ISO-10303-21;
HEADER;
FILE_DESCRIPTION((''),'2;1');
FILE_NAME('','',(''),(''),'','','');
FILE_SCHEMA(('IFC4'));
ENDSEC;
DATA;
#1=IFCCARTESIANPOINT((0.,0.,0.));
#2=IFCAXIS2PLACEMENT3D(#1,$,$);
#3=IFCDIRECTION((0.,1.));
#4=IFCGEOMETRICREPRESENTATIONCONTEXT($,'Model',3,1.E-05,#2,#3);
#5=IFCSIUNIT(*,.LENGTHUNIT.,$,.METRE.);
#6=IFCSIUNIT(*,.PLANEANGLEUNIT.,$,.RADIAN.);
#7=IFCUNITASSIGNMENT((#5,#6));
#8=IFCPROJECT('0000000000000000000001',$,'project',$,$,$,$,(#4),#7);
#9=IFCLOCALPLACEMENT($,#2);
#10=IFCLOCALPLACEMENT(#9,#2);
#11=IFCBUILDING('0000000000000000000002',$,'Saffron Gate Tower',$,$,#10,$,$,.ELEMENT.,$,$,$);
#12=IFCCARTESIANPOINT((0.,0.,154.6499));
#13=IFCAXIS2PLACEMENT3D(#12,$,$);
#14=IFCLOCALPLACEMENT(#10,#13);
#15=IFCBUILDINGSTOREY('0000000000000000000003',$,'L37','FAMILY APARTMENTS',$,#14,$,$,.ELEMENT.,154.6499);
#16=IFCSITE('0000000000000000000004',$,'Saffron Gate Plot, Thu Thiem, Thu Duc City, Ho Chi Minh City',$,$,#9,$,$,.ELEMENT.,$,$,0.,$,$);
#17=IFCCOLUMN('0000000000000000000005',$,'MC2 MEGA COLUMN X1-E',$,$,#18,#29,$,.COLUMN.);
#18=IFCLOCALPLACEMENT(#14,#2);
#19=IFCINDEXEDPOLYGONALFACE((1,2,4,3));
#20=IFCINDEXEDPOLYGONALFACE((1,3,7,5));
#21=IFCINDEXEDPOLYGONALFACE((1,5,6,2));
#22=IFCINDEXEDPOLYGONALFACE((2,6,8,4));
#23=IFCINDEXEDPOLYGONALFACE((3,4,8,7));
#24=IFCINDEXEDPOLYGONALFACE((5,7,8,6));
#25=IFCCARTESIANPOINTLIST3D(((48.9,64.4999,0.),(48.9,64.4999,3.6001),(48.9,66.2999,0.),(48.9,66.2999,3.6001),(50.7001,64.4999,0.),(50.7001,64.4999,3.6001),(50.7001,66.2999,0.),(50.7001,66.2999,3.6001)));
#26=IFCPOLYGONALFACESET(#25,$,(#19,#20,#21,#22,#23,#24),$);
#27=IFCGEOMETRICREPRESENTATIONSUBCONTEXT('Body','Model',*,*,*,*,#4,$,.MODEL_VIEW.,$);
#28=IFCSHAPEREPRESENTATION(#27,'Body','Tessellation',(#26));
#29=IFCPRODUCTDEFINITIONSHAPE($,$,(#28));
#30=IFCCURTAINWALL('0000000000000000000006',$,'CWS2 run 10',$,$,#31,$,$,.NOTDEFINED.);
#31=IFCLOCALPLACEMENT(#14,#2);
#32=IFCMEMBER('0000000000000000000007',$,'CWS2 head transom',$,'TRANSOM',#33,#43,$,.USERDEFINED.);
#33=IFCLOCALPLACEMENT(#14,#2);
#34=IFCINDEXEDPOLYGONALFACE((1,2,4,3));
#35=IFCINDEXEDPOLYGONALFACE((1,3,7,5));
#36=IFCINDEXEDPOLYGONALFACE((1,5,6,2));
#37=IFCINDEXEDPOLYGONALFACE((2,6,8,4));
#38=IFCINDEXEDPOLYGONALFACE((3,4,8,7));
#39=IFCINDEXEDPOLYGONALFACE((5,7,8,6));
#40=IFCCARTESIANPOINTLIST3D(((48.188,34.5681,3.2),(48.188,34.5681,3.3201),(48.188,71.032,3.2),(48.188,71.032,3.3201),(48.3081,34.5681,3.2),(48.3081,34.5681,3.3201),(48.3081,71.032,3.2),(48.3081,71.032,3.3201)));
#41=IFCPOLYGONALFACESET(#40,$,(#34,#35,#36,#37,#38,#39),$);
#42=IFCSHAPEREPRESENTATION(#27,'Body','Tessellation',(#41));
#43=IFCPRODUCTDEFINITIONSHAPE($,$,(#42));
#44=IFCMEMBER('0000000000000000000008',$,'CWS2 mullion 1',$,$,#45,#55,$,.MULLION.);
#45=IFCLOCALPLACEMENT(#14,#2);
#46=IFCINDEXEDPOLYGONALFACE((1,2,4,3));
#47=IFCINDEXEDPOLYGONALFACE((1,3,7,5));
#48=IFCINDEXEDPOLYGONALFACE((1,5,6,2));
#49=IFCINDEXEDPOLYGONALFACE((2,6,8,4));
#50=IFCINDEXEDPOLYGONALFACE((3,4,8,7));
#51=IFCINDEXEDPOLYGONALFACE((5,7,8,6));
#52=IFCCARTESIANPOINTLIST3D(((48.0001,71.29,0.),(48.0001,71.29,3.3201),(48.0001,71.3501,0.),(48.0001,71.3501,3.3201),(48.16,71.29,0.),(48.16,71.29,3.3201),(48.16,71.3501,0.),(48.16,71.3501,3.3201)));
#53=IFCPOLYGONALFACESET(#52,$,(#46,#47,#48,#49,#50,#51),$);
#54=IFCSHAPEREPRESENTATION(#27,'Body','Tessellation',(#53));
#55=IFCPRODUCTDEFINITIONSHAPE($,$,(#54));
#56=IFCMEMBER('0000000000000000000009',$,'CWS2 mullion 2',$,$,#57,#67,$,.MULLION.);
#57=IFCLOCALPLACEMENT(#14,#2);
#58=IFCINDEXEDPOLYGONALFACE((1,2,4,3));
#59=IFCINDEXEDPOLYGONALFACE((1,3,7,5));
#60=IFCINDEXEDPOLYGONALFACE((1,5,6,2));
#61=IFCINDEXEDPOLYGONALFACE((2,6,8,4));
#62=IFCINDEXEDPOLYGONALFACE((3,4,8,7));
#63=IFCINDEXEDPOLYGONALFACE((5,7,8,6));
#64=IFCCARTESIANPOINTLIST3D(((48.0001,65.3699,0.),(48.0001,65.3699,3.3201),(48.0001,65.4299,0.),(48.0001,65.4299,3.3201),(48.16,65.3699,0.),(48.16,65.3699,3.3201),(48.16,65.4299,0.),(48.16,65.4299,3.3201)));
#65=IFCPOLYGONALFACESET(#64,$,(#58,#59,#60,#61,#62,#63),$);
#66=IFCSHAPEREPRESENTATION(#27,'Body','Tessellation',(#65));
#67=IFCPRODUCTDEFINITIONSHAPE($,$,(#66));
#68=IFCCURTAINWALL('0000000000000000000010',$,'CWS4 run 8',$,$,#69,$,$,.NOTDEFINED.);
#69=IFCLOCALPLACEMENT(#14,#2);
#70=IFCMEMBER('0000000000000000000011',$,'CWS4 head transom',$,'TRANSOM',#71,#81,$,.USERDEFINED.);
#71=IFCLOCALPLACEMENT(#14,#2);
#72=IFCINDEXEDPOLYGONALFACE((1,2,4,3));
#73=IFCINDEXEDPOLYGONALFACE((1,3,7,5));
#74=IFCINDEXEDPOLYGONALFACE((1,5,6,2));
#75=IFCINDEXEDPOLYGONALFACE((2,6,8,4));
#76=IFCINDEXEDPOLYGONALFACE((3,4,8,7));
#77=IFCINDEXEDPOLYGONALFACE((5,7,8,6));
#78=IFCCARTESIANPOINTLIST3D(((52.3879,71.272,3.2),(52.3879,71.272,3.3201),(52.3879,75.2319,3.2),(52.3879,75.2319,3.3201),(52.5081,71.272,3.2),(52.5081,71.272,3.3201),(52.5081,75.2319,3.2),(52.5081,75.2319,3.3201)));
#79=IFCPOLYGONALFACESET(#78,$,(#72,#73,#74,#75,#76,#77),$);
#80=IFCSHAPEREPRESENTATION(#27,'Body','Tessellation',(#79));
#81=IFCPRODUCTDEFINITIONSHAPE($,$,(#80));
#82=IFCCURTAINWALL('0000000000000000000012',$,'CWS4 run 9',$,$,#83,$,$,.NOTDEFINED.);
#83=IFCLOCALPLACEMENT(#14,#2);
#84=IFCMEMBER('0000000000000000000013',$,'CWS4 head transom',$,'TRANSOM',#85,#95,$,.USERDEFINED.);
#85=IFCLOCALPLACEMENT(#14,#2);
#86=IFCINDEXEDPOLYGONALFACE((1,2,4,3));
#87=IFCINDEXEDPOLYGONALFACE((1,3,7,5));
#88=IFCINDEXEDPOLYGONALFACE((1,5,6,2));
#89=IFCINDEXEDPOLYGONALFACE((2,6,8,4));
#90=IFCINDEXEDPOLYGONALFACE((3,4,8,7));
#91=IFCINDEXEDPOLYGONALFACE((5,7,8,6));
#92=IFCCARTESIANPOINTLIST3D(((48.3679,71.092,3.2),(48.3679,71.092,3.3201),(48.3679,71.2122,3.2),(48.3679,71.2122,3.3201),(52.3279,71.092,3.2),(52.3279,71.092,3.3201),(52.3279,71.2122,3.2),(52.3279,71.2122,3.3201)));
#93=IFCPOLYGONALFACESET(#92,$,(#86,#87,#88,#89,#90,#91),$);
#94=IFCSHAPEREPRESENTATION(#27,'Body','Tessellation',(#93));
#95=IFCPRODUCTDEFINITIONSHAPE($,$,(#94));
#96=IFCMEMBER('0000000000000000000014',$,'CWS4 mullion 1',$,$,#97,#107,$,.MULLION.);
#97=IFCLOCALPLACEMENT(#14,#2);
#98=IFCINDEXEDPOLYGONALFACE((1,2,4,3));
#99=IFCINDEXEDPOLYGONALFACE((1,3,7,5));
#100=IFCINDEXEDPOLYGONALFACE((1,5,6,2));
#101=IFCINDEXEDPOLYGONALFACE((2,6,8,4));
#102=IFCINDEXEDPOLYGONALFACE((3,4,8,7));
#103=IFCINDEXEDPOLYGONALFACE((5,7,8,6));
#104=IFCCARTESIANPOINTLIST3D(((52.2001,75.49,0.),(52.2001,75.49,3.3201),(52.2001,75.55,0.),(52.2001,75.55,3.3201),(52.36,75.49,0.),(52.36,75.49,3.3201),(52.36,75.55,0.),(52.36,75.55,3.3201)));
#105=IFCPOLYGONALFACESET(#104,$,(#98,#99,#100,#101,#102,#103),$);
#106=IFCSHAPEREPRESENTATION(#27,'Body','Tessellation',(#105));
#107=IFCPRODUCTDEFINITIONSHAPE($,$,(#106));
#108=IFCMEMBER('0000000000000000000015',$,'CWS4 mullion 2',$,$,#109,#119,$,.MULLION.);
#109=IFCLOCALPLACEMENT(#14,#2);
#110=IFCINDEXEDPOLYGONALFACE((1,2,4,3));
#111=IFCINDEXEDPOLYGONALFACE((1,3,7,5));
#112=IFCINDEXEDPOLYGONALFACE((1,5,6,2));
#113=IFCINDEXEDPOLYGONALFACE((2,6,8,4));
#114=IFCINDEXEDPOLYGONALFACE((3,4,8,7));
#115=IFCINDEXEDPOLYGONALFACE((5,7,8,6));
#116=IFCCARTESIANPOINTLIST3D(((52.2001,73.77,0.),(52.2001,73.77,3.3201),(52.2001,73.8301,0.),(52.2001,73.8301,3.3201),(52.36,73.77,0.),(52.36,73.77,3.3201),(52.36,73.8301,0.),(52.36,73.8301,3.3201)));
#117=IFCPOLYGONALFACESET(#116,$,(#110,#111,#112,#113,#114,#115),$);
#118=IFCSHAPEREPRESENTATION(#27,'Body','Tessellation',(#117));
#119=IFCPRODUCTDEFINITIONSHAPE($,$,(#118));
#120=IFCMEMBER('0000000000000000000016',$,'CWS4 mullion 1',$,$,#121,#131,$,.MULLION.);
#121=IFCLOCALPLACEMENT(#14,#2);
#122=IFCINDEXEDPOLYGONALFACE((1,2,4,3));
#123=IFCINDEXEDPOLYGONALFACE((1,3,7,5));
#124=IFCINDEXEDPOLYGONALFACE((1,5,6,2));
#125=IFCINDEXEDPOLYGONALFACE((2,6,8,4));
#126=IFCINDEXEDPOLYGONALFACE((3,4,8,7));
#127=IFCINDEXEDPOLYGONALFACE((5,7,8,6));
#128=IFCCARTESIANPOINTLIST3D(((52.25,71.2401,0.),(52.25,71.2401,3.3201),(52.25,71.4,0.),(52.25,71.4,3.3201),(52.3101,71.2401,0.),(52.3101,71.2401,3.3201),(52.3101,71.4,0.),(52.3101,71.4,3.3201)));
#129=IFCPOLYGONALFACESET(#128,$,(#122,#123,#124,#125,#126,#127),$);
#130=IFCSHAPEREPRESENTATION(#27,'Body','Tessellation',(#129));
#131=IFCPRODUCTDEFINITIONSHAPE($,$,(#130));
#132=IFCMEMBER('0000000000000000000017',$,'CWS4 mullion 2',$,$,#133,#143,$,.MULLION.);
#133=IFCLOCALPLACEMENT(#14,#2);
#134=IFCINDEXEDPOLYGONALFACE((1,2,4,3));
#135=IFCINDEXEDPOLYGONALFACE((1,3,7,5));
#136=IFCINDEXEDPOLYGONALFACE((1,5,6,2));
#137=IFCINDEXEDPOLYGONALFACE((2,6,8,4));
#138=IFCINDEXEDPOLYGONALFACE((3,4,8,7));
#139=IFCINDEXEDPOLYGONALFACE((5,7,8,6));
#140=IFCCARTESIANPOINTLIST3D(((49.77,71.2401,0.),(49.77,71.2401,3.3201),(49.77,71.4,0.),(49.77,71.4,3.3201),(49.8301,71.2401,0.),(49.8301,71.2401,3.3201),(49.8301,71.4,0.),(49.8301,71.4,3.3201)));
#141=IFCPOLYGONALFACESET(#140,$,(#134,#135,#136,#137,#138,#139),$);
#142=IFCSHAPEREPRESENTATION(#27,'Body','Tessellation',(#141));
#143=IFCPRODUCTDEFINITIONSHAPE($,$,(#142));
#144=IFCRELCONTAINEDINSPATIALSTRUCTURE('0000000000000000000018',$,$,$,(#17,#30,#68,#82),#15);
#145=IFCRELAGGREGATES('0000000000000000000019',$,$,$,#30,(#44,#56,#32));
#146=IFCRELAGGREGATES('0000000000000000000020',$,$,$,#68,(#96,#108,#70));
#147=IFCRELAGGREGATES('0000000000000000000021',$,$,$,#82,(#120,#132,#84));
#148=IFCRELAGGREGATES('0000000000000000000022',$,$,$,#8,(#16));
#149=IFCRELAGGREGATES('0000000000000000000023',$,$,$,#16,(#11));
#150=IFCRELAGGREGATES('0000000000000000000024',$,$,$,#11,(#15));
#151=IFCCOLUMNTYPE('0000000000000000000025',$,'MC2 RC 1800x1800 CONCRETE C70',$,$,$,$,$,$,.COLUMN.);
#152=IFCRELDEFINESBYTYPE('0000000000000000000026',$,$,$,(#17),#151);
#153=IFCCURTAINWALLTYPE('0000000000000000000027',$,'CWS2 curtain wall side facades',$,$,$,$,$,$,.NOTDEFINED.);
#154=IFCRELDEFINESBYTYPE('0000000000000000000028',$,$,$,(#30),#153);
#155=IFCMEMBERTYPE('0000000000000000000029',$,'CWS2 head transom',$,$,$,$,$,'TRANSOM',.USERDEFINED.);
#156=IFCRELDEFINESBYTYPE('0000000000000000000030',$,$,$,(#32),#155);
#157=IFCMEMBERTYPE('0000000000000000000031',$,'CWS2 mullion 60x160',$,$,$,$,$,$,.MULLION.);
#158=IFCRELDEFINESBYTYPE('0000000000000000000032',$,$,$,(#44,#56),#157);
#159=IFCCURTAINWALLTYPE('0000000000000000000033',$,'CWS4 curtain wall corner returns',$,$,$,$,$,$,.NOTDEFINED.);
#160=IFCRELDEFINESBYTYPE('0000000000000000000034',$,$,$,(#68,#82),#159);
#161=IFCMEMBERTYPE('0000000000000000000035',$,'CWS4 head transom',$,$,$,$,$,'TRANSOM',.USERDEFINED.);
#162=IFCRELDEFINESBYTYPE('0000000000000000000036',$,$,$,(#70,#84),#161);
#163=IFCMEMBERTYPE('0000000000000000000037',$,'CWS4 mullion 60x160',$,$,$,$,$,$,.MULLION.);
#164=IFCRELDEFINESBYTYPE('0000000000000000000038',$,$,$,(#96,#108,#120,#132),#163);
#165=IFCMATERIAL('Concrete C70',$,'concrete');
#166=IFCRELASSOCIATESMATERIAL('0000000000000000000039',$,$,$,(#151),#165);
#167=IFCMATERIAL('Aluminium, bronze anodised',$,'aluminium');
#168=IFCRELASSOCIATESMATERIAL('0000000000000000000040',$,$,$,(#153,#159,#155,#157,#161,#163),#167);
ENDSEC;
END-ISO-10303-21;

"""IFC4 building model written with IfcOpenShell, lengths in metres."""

from ifc_helpers import new_model, si_unit, direction, frame, origin, origin_2d, place, context, subcontext, project, spatial, rectangle, extrude, material, material_profile, profile_set, type_object, element, aggregate, save


model = new_model("IFC4")

# Units and contexts
model_context = context("Model", 3, precision=1e-05, world=origin(), true_north=direction((0.0, 1.0)))
body_context = subcontext(model_context, "Body", "Model", "MODEL_VIEW")
ifc_project = project(units=[si_unit("LENGTHUNIT", "METRE"), si_unit("PLANEANGLEUNIT", "RADIAN")], contexts=[model_context])

# Site, building, storey
site_placement = place(None, origin())
site = spatial("IfcSite", under=ifc_project, at=site_placement, Name="Saffron Gate Plot, Thu Thiem, Thu Duc City, Ho Chi Minh City", CompositionType="ELEMENT", RefElevation=0.0)
building_placement = place(site_placement, origin())
building = spatial("IfcBuilding", under=site, at=building_placement, Name="Saffron Gate Tower", CompositionType="ELEMENT")
storey_placement = place(building_placement, frame((0.0, 0.0, 154.6499)))
storey = spatial("IfcBuildingStorey", under=building, at=storey_placement, Name="L37", Description="FAMILY APARTMENTS", CompositionType="ELEMENT", Elevation=154.6499)

# Column
ifc_material_1 = material(Name="Concrete C70", Category="concrete")
ifc_material_profile_1 = material_profile(ifc_material_1, rectangle(XDim=1.8, YDim=1.8, at=origin_2d()))
ifc_profile_set_1 = profile_set([ifc_material_profile_1], Name="Concrete C70")
column_type = type_object("IfcColumnType", Name="MC2 RC 1800x1800 CONCRETE C70", PredefinedType="COLUMN", material=ifc_profile_set_1)
column_placement = place(storey_placement, frame((49.8, 65.3999, 0.0), z_axis=(0.0, 0.0, 1.0), x_axis=(1.0, 0.0, 0.0)))
element("IfcColumn", 1, at=column_placement, inside=storey, type_object=column_type, Name="MC2 MEGA COLUMN X1-E", PredefinedType="COLUMN", context=body_context, shape_type="SweptSolid", body=[
    extrude(rectangle(XDim=1.8, YDim=1.8, at=origin_2d()), origin(), (0.0, 0.0, 1.0), 3.6001),
])

# Curtain wall, members
ifc_material_2 = material(Name="Aluminium, bronze anodised", Category="aluminium")
curtain_wall_type_1 = type_object("IfcCurtainWallType", Name="CWS2 curtain wall side facades", PredefinedType="NOTDEFINED", material=ifc_material_2)
curtain_wall_1_placement = place(storey_placement, origin())
curtain_wall_1 = element("IfcCurtainWall", 2, at=curtain_wall_1_placement, inside=storey, type_object=curtain_wall_type_1, Name="CWS2 run 10", PredefinedType="NOTDEFINED")
ifc_material_profile_2 = material_profile(ifc_material_2, rectangle(XDim=0.1201, YDim=0.1201, at=origin_2d()))
ifc_profile_set_2 = profile_set([ifc_material_profile_2], Name="Aluminium, bronze anodised")
member_type_1 = type_object("IfcMemberType", Name="CWS2 head transom", ElementType="TRANSOM", PredefinedType="USERDEFINED", material=ifc_profile_set_2)
member_1_placement = place(storey_placement, frame((48.248, 71.032, 3.26), z_axis=(0.0, -1.0, 0.0), x_axis=(1.0, 0.0, 0.0)))
member_1 = element("IfcMember", 3, at=member_1_placement, type_object=member_type_1, Name="CWS2 head transom", ObjectType="TRANSOM", PredefinedType="USERDEFINED", context=body_context, shape_type="SweptSolid", body=[
    extrude(rectangle(XDim=0.1201, YDim=0.1201, at=origin_2d()), origin(), (0.0, 0.0, 1.0), 36.4639),
])
ifc_material_profile_3 = material_profile(ifc_material_2, rectangle(XDim=0.1599, YDim=0.0601, at=origin_2d()))
ifc_profile_set_3 = profile_set([ifc_material_profile_3], Name="Aluminium, bronze anodised")
member_type_2 = type_object("IfcMemberType", Name="CWS2 mullion 60x160", PredefinedType="MULLION", material=ifc_profile_set_3)
member_2_placement = place(storey_placement, frame((48.0801, 71.3201, 0.0), z_axis=(0.0, 0.0, 1.0), x_axis=(1.0, 0.0, 0.0)))
member_2 = element("IfcMember", 4, at=member_2_placement, type_object=member_type_2, Name="CWS2 mullion 1", PredefinedType="MULLION", context=body_context, shape_type="SweptSolid", body=[
    extrude(rectangle(XDim=0.1599, YDim=0.0601, at=origin_2d()), origin(), (0.0, 0.0, 1.0), 3.3201),
])
member_3_placement = place(storey_placement, frame((48.0801, 65.3999, 0.0), z_axis=(0.0, 0.0, 1.0), x_axis=(1.0, 0.0, 0.0)))
member_3 = element("IfcMember", 5, at=member_3_placement, type_object=member_type_2, Name="CWS2 mullion 2", PredefinedType="MULLION", context=body_context, shape_type="SweptSolid", body=[
    extrude(rectangle(XDim=0.1599, YDim=0.0601, at=origin_2d()), origin(), (0.0, 0.0, 1.0), 3.3201),
])

# Curtain walls, members
curtain_wall_type_2 = type_object("IfcCurtainWallType", Name="CWS4 curtain wall corner returns", PredefinedType="NOTDEFINED", material=ifc_material_2)
curtain_wall_2_placement = place(storey_placement, origin())
curtain_wall_2 = element("IfcCurtainWall", 6, at=curtain_wall_2_placement, inside=storey, type_object=curtain_wall_type_2, Name="CWS4 run 8", PredefinedType="NOTDEFINED")
ifc_material_profile_4 = material_profile(ifc_material_2, rectangle(XDim=0.1201, YDim=0.1201, at=origin_2d()))
ifc_profile_set_4 = profile_set([ifc_material_profile_4], Name="Aluminium, bronze anodised")
member_type_3 = type_object("IfcMemberType", Name="CWS4 head transom", ElementType="TRANSOM", PredefinedType="USERDEFINED", material=ifc_profile_set_4)
member_4_placement = place(storey_placement, frame((52.448, 75.2319, 3.26), z_axis=(0.0, -1.0, 0.0), x_axis=(1.0, 0.0, 0.0)))
member_4 = element("IfcMember", 7, at=member_4_placement, type_object=member_type_3, Name="CWS4 head transom", ObjectType="TRANSOM", PredefinedType="USERDEFINED", context=body_context, shape_type="SweptSolid", body=[
    extrude(rectangle(XDim=0.1201, YDim=0.1201, at=origin_2d()), origin(), (0.0, 0.0, 1.0), 3.96),
])
curtain_wall_3_placement = place(storey_placement, origin())
curtain_wall_3 = element("IfcCurtainWall", 8, at=curtain_wall_3_placement, inside=storey, type_object=curtain_wall_type_2, Name="CWS4 run 9", PredefinedType="NOTDEFINED")
member_5_placement = place(storey_placement, frame((52.3279, 71.1521, 3.26), z_axis=(-1.0, 0.0, 0.0), x_axis=(0.0, -1.0, 0.0)))
member_5 = element("IfcMember", 9, at=member_5_placement, type_object=member_type_3, Name="CWS4 head transom", ObjectType="TRANSOM", PredefinedType="USERDEFINED", context=body_context, shape_type="SweptSolid", body=[
    extrude(rectangle(XDim=0.1201, YDim=0.1201, at=origin_2d()), origin(), (0.0, 0.0, 1.0), 3.96),
])

# Members
ifc_material_profile_5 = material_profile(ifc_material_2, rectangle(XDim=0.1599, YDim=0.0601, at=origin_2d()))
ifc_profile_set_5 = profile_set([ifc_material_profile_5], Name="Aluminium, bronze anodised")
member_type_4 = type_object("IfcMemberType", Name="CWS4 mullion 60x160", PredefinedType="MULLION", material=ifc_profile_set_5)
member_6_placement = place(storey_placement, frame((52.28, 75.52, 0.0), z_axis=(0.0, 0.0, 1.0), x_axis=(1.0, 0.0, 0.0)))
member_6 = element("IfcMember", 10, at=member_6_placement, type_object=member_type_4, Name="CWS4 mullion 1", PredefinedType="MULLION", context=body_context, shape_type="SweptSolid", body=[
    extrude(rectangle(XDim=0.1599, YDim=0.0601, at=origin_2d()), origin(), (0.0, 0.0, 1.0), 3.3201),
])
member_7_placement = place(storey_placement, frame((52.28, 73.8, 0.0), z_axis=(0.0, 0.0, 1.0), x_axis=(1.0, 0.0, 0.0)))
member_7 = element("IfcMember", 11, at=member_7_placement, type_object=member_type_4, Name="CWS4 mullion 2", PredefinedType="MULLION", context=body_context, shape_type="SweptSolid", body=[
    extrude(rectangle(XDim=0.1599, YDim=0.0601, at=origin_2d()), origin(), (0.0, 0.0, 1.0), 3.3201),
])
member_8_placement = place(storey_placement, frame((52.28, 71.3201, 0.0), z_axis=(0.0, 0.0, 1.0), x_axis=(0.0, -1.0, 0.0)))
member_8 = element("IfcMember", 12, at=member_8_placement, type_object=member_type_4, Name="CWS4 mullion 1", PredefinedType="MULLION", context=body_context, shape_type="SweptSolid", body=[
    extrude(rectangle(XDim=0.1599, YDim=0.0601, at=origin_2d()), origin(), (0.0, 0.0, 1.0), 3.3201),
])
member_9_placement = place(storey_placement, frame((49.8, 71.3201, 0.0), z_axis=(0.0, 0.0, 1.0), x_axis=(0.0, -1.0, 0.0)))
member_9 = element("IfcMember", 13, at=member_9_placement, type_object=member_type_4, Name="CWS4 mullion 2", PredefinedType="MULLION", context=body_context, shape_type="SweptSolid", body=[
    extrude(rectangle(XDim=0.1599, YDim=0.0601, at=origin_2d()), origin(), (0.0, 0.0, 1.0), 3.3201),
])

aggregate(curtain_wall_1, [member_2, member_3, member_1])

aggregate(curtain_wall_2, [member_6, member_7, member_4])
aggregate(curtain_wall_3, [member_8, member_9, member_5])

save(model, "model.ifc")
